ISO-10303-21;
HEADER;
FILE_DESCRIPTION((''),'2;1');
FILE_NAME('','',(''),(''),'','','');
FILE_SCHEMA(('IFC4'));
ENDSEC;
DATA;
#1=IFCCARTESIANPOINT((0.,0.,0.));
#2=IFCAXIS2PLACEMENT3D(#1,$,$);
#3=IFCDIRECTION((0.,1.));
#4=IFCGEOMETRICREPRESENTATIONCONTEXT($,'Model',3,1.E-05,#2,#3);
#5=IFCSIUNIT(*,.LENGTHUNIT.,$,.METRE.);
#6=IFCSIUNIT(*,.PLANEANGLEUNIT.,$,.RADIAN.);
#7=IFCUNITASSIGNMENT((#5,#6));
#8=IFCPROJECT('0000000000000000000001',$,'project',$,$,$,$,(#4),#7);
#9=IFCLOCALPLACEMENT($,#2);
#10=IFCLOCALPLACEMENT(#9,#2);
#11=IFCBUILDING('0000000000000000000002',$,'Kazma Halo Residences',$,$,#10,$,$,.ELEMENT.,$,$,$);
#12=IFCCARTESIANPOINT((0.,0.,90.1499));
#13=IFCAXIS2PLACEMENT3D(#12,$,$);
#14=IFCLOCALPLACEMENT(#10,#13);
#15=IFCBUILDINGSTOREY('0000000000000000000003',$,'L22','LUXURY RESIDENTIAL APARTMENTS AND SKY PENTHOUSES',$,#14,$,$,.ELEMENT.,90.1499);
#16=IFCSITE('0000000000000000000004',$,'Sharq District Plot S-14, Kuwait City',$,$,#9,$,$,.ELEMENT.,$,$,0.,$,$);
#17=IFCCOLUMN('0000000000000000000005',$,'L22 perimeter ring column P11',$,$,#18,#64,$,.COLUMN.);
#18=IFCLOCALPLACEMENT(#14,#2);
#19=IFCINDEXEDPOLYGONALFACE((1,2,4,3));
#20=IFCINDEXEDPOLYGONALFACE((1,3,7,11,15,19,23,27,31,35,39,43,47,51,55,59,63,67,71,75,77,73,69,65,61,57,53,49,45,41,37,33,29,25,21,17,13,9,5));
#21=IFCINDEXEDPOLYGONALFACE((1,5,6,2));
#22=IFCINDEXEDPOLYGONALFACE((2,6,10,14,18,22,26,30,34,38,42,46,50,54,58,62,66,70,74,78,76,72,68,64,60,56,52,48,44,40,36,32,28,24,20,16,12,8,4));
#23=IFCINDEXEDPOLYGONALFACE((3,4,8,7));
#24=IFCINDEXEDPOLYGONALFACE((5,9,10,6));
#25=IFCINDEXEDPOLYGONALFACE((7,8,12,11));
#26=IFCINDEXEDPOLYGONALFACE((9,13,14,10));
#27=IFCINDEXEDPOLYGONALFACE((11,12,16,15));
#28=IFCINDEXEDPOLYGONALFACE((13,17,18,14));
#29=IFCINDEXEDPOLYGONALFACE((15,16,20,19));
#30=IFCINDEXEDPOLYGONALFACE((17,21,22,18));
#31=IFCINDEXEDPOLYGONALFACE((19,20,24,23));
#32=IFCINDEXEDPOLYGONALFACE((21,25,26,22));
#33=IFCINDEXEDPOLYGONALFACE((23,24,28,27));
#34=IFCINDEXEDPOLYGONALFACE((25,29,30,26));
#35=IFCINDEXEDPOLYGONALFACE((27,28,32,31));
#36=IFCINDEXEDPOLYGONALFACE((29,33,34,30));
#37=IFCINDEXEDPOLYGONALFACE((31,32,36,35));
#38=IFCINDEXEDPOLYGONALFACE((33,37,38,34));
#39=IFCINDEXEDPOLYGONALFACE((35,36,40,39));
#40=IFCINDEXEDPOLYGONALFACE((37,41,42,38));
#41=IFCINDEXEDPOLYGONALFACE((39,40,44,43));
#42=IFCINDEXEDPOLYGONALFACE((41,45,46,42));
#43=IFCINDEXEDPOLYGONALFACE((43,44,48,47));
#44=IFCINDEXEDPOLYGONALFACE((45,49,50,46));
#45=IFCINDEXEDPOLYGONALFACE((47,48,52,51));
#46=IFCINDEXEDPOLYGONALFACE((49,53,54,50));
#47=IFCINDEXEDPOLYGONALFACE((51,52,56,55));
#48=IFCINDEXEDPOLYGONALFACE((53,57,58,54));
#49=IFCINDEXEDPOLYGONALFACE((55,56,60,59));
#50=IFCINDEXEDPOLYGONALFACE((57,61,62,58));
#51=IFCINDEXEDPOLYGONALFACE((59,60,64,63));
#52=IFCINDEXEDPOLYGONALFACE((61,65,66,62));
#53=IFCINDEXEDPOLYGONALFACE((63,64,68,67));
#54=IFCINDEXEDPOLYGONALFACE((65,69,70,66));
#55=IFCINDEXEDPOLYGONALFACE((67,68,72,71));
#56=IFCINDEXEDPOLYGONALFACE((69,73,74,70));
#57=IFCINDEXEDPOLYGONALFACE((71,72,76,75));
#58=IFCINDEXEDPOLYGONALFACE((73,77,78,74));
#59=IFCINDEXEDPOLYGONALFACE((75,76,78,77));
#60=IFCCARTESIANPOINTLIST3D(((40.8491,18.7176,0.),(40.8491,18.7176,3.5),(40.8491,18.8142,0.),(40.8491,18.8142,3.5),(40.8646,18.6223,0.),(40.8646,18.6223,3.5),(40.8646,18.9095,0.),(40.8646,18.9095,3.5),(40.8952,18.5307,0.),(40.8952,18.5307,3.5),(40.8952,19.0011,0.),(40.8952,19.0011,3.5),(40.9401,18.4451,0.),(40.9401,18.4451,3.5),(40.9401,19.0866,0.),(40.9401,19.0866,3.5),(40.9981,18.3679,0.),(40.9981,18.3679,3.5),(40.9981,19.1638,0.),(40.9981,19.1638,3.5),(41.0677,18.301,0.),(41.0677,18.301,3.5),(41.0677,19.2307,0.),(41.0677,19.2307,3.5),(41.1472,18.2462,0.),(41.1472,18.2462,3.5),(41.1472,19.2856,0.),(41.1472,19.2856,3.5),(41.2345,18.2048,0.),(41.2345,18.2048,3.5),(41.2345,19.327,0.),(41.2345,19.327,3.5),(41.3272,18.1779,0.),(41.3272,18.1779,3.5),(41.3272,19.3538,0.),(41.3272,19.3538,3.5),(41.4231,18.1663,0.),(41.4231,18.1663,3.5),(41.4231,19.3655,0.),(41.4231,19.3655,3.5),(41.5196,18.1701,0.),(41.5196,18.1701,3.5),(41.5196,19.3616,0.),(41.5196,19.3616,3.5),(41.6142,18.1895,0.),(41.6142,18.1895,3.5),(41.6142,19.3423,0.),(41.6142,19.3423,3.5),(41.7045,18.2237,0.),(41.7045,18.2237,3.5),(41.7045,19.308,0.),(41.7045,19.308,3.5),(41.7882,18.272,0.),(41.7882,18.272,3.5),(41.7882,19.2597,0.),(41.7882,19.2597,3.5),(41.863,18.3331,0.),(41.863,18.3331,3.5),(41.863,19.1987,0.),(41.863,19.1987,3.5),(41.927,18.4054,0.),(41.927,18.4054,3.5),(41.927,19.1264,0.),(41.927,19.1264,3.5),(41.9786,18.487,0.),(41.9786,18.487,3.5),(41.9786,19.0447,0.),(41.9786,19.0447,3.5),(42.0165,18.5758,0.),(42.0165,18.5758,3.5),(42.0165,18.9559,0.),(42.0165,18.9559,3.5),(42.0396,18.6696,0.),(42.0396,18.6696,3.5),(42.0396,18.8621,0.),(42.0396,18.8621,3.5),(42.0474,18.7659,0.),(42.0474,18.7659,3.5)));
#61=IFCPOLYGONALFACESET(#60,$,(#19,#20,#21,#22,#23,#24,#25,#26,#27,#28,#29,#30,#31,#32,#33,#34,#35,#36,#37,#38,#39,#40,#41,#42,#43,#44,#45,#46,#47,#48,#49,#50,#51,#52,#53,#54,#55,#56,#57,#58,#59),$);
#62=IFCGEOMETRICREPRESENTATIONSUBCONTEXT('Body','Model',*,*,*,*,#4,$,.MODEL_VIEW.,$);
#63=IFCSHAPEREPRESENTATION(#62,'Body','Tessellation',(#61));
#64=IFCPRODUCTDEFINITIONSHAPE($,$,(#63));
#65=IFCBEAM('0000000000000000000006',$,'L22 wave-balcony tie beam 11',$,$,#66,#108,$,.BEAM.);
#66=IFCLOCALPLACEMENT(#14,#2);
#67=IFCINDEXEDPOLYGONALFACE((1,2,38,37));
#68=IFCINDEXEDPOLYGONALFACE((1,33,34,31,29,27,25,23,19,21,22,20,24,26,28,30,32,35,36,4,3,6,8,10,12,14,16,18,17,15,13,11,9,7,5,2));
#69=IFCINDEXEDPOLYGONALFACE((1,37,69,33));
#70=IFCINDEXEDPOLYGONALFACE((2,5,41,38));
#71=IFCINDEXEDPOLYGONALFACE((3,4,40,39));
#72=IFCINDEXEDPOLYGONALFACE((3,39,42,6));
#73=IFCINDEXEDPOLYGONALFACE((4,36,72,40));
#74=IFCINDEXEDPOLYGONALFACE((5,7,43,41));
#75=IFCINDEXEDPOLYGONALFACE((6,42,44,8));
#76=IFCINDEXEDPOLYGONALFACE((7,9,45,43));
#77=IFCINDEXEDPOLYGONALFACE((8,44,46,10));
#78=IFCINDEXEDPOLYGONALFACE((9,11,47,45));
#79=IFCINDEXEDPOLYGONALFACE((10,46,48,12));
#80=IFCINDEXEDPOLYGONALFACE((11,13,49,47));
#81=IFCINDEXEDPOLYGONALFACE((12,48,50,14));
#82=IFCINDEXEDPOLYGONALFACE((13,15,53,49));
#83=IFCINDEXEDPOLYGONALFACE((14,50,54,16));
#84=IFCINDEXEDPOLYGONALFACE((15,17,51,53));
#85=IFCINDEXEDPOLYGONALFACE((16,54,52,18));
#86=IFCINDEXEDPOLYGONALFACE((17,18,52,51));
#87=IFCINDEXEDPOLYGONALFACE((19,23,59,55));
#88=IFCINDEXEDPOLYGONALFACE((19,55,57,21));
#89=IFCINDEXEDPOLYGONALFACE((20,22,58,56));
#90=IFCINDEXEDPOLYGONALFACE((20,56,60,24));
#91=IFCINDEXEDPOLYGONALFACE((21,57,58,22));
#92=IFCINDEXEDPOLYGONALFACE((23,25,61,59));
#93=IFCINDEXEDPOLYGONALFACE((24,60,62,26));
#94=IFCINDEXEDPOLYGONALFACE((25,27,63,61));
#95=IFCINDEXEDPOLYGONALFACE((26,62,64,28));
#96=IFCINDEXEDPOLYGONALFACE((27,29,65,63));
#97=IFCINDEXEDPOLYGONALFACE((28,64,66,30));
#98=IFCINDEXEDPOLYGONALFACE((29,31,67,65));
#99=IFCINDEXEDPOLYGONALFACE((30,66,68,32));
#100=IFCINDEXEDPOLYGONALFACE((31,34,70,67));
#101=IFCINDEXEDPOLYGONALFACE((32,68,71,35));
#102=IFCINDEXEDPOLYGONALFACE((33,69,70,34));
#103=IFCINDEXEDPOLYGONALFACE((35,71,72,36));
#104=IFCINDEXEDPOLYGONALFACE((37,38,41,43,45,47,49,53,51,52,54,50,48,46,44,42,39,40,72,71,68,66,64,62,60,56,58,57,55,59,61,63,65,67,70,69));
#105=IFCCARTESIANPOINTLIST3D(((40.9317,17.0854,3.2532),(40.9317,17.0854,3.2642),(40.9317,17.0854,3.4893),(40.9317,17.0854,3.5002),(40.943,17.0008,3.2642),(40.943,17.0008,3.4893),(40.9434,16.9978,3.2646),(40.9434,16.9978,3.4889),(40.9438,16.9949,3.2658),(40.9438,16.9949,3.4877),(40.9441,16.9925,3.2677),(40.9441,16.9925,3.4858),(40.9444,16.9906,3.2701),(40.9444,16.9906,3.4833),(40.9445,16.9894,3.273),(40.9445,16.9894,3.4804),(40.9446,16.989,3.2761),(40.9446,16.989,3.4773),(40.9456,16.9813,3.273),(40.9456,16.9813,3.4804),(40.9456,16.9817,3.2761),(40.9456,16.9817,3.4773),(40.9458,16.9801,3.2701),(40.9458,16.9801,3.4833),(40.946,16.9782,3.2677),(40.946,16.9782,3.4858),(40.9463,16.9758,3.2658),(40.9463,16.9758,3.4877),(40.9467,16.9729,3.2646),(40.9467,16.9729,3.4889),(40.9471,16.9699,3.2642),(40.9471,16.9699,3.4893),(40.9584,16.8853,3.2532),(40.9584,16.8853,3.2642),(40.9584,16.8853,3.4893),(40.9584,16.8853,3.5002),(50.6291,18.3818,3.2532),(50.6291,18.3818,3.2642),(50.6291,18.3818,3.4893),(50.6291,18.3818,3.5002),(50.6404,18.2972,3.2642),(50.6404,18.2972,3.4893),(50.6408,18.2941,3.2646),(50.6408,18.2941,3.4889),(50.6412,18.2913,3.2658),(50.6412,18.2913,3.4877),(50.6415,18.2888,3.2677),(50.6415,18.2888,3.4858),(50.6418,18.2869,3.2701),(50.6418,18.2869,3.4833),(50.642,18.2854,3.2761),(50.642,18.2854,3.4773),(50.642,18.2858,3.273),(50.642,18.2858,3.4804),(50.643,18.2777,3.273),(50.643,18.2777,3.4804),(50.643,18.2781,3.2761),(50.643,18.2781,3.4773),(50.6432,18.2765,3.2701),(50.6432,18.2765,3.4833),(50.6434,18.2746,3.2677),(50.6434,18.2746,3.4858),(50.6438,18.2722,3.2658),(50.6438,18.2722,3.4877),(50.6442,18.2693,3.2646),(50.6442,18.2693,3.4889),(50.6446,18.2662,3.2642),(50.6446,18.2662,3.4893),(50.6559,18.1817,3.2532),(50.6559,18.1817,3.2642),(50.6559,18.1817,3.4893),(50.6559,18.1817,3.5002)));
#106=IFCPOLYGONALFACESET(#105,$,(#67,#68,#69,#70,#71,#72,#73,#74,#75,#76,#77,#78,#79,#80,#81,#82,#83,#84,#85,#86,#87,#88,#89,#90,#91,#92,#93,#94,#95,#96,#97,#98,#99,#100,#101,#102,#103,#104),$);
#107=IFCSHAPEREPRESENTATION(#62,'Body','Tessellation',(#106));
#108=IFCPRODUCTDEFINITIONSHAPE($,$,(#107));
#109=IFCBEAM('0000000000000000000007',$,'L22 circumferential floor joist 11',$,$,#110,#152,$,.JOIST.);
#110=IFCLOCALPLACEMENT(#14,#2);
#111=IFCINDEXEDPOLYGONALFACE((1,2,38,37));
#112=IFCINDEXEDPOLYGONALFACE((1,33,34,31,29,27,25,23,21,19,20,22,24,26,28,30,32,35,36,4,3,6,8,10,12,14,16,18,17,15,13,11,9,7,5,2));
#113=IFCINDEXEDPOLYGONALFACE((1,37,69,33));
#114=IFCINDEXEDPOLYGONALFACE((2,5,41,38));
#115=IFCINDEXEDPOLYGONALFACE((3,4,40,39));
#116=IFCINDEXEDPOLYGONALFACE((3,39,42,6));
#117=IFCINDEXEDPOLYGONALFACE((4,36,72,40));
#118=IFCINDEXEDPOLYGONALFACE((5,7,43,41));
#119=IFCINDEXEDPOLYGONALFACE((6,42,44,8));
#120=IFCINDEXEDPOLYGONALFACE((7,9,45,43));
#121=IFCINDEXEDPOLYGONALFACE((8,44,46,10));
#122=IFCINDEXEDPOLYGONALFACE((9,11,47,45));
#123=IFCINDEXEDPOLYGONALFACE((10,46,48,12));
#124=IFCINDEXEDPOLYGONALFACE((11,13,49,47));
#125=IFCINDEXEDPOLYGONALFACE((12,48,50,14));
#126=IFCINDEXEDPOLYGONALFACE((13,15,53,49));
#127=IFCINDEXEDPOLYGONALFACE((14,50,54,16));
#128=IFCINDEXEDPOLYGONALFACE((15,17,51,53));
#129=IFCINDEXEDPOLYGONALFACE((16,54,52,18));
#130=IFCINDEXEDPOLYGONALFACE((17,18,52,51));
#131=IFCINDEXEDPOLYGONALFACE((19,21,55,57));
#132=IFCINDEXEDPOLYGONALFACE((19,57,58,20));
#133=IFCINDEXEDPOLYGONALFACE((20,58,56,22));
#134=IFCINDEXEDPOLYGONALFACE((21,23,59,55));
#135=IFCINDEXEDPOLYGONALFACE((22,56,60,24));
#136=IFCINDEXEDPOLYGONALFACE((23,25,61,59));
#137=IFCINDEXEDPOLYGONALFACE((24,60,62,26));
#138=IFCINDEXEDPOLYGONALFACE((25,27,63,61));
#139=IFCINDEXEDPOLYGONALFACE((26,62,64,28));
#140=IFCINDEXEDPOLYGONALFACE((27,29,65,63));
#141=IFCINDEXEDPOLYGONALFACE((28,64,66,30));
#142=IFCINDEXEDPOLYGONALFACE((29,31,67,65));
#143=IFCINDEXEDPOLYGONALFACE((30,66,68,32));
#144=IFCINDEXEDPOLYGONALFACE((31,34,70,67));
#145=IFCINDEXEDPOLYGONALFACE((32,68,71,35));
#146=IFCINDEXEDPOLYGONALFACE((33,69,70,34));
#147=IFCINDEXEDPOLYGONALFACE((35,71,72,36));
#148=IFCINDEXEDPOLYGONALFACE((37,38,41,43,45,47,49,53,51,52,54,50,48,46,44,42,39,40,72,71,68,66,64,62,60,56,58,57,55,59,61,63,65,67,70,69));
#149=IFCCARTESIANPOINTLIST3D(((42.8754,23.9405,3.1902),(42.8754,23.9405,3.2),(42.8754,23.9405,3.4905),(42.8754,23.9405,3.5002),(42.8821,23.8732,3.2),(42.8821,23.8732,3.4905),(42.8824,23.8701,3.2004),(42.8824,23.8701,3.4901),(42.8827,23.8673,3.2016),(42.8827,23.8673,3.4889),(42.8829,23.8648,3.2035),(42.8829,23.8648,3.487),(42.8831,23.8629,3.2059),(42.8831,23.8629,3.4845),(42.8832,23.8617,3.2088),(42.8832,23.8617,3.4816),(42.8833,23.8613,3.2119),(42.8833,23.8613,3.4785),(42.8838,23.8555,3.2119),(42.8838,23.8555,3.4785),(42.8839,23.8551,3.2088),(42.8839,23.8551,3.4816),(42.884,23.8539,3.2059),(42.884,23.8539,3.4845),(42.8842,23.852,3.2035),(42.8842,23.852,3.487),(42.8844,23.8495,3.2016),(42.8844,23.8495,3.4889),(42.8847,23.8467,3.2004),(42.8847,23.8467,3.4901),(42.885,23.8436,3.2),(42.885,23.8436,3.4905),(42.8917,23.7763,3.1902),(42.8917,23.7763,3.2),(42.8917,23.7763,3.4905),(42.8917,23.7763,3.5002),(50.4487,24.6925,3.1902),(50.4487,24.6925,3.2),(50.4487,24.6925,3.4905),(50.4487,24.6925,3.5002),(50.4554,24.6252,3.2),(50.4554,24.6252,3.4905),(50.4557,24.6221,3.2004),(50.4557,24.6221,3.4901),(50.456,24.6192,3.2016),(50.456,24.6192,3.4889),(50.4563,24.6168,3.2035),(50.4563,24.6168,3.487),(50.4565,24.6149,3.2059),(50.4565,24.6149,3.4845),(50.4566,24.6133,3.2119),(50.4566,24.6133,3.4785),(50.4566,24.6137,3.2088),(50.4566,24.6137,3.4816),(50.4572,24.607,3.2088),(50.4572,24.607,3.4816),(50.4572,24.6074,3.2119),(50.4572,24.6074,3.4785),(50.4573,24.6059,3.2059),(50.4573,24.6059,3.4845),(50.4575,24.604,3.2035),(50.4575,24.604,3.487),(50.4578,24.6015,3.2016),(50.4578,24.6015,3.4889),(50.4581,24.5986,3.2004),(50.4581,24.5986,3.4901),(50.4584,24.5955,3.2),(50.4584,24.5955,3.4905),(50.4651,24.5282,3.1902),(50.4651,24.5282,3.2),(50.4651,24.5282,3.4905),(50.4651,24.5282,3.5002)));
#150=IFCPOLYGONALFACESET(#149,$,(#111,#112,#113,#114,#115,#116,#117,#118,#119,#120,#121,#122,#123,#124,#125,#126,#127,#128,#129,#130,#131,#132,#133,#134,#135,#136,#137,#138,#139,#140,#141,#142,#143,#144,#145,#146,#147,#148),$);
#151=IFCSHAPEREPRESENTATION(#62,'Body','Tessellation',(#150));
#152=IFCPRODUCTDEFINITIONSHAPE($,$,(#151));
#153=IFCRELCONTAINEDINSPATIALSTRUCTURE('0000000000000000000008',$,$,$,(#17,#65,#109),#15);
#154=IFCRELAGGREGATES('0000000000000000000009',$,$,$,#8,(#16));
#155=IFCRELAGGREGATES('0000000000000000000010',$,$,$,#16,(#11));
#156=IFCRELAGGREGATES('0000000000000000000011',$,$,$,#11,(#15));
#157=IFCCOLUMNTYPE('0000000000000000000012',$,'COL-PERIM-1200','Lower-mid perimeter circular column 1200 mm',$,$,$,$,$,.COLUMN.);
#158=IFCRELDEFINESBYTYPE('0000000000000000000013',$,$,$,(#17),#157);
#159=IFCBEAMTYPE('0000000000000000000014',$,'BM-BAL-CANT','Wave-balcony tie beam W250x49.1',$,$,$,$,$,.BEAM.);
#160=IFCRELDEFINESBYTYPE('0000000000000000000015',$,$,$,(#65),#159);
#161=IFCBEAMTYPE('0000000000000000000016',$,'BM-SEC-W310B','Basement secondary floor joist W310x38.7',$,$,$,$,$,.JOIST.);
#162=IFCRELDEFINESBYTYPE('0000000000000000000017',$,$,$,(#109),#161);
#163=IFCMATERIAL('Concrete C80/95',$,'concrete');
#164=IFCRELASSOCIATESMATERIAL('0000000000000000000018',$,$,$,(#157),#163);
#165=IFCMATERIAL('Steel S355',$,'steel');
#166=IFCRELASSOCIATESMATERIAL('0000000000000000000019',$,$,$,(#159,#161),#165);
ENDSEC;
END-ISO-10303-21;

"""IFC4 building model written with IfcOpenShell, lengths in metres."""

from ifc_helpers import new_model, si_unit, direction, frame, origin, origin_2d, place, context, subcontext, project, spatial, circle, i_section, extrude, material, material_profile, profile_set, type_object, element, save


model = new_model("IFC4")

# Units and contexts
model_context = context("Model", 3, precision=1e-05, world=origin(), true_north=direction((0.0, 1.0)))
body_context = subcontext(model_context, "Body", "Model", "MODEL_VIEW")
ifc_project = project(units=[si_unit("LENGTHUNIT", "METRE"), si_unit("PLANEANGLEUNIT", "RADIAN")], contexts=[model_context])

# Site, building, storey
site_placement = place(None, origin())
site = spatial("IfcSite", under=ifc_project, at=site_placement, Name="Sharq District Plot S-14, Kuwait City", CompositionType="ELEMENT", RefElevation=0.0)
building_placement = place(site_placement, origin())
building = spatial("IfcBuilding", under=site, at=building_placement, Name="Kazma Halo Residences", CompositionType="ELEMENT")
storey_placement = place(building_placement, frame((0.0, 0.0, 90.1499)))
storey = spatial("IfcBuildingStorey", under=building, at=storey_placement, Name="L22", Description="LUXURY RESIDENTIAL APARTMENTS AND SKY PENTHOUSES", CompositionType="ELEMENT", Elevation=90.1499)

# Column
ifc_material_1 = material(Name="Concrete C80/95", Category="concrete")
ifc_material_profile_1 = material_profile(ifc_material_1, circle(Radius=0.6001, at=origin_2d()), Name="CIRC1200")
ifc_profile_set_1 = profile_set([ifc_material_profile_1], Name="Concrete C80/95")
column_type = type_object("IfcColumnType", Name="COL-PERIM-1200", Description="Lower-mid perimeter circular column 1200 mm", PredefinedType="COLUMN", material=ifc_profile_set_1)
column_placement = place(storey_placement, frame((41.4473, 18.7659, 0.0), z_axis=(0.0, 0.0, 1.0), x_axis=(1.0, 0.0, 0.0)))
element("IfcColumn", 1, at=column_placement, inside=storey, type_object=column_type, Name="L22 perimeter ring column P11", PredefinedType="COLUMN", context=body_context, shape_type="SweptSolid", body=[
    extrude(circle(Radius=0.6001, at=origin_2d()), origin(), (0.0, 0.0, 1.0), 3.5),
])

# Beams
ifc_material_2 = material(Name="Steel S355", Category="steel")
ifc_material_profile_2 = material_profile(ifc_material_2, i_section(OverallWidth=0.2019, OverallDepth=0.2471, WebThickness=0.0073, FlangeThickness=0.011, FilletRadius=0.012, at=origin_2d()), Name="W250x49.1")
ifc_profile_set_2 = profile_set([ifc_material_profile_2], Name="Steel S355")
beam_type_1 = type_object("IfcBeamType", Name="BM-BAL-CANT", Description="Wave-balcony tie beam W250x49.1", PredefinedType="BEAM", material=ifc_profile_set_2)
beam_1_placement = place(storey_placement, frame((40.9451, 16.9854, 3.3767), z_axis=(0.991183, 0.132504, 0.0), x_axis=(-0.132504, 0.991183, 0.0)))
element("IfcBeam", 2, at=beam_1_placement, inside=storey, type_object=beam_type_1, Name="L22 wave-balcony tie beam 11", PredefinedType="BEAM", context=body_context, shape_type="SweptSolid", body=[
    extrude(i_section(OverallWidth=0.2019, OverallDepth=0.2471, WebThickness=0.0073, FlangeThickness=0.011, FilletRadius=0.012, at=origin_2d()), origin(), (0.0, 0.0, 1.0), 9.7837),
])
ifc_material_profile_3 = material_profile(ifc_material_2, i_section(OverallWidth=0.165, OverallDepth=0.3101, WebThickness=0.0059, FlangeThickness=0.0098, FilletRadius=0.012, at=origin_2d()), Name="W310x38.7")
ifc_profile_set_3 = profile_set([ifc_material_profile_3], Name="Steel S355")
beam_type_2 = type_object("IfcBeamType", Name="BM-SEC-W310B", Description="Basement secondary floor joist W310x38.7", PredefinedType="JOIST", material=ifc_profile_set_3)
beam_2_placement = place(storey_placement, frame((42.8835, 23.8584, 3.3452), z_axis=(0.995107, 0.098805, 0.0), x_axis=(-0.098805, 0.995107, 0.0)))
element("IfcBeam", 3, at=beam_2_placement, inside=storey, type_object=beam_type_2, Name="L22 circumferential floor joist 11", PredefinedType="JOIST", context=body_context, shape_type="SweptSolid", body=[
    extrude(i_section(OverallWidth=0.165, OverallDepth=0.3101, WebThickness=0.0059, FlangeThickness=0.0098, FilletRadius=0.012, at=origin_2d()), origin(), (0.0, 0.0, 1.0), 7.6106),
])

save(model, "model.ifc")
